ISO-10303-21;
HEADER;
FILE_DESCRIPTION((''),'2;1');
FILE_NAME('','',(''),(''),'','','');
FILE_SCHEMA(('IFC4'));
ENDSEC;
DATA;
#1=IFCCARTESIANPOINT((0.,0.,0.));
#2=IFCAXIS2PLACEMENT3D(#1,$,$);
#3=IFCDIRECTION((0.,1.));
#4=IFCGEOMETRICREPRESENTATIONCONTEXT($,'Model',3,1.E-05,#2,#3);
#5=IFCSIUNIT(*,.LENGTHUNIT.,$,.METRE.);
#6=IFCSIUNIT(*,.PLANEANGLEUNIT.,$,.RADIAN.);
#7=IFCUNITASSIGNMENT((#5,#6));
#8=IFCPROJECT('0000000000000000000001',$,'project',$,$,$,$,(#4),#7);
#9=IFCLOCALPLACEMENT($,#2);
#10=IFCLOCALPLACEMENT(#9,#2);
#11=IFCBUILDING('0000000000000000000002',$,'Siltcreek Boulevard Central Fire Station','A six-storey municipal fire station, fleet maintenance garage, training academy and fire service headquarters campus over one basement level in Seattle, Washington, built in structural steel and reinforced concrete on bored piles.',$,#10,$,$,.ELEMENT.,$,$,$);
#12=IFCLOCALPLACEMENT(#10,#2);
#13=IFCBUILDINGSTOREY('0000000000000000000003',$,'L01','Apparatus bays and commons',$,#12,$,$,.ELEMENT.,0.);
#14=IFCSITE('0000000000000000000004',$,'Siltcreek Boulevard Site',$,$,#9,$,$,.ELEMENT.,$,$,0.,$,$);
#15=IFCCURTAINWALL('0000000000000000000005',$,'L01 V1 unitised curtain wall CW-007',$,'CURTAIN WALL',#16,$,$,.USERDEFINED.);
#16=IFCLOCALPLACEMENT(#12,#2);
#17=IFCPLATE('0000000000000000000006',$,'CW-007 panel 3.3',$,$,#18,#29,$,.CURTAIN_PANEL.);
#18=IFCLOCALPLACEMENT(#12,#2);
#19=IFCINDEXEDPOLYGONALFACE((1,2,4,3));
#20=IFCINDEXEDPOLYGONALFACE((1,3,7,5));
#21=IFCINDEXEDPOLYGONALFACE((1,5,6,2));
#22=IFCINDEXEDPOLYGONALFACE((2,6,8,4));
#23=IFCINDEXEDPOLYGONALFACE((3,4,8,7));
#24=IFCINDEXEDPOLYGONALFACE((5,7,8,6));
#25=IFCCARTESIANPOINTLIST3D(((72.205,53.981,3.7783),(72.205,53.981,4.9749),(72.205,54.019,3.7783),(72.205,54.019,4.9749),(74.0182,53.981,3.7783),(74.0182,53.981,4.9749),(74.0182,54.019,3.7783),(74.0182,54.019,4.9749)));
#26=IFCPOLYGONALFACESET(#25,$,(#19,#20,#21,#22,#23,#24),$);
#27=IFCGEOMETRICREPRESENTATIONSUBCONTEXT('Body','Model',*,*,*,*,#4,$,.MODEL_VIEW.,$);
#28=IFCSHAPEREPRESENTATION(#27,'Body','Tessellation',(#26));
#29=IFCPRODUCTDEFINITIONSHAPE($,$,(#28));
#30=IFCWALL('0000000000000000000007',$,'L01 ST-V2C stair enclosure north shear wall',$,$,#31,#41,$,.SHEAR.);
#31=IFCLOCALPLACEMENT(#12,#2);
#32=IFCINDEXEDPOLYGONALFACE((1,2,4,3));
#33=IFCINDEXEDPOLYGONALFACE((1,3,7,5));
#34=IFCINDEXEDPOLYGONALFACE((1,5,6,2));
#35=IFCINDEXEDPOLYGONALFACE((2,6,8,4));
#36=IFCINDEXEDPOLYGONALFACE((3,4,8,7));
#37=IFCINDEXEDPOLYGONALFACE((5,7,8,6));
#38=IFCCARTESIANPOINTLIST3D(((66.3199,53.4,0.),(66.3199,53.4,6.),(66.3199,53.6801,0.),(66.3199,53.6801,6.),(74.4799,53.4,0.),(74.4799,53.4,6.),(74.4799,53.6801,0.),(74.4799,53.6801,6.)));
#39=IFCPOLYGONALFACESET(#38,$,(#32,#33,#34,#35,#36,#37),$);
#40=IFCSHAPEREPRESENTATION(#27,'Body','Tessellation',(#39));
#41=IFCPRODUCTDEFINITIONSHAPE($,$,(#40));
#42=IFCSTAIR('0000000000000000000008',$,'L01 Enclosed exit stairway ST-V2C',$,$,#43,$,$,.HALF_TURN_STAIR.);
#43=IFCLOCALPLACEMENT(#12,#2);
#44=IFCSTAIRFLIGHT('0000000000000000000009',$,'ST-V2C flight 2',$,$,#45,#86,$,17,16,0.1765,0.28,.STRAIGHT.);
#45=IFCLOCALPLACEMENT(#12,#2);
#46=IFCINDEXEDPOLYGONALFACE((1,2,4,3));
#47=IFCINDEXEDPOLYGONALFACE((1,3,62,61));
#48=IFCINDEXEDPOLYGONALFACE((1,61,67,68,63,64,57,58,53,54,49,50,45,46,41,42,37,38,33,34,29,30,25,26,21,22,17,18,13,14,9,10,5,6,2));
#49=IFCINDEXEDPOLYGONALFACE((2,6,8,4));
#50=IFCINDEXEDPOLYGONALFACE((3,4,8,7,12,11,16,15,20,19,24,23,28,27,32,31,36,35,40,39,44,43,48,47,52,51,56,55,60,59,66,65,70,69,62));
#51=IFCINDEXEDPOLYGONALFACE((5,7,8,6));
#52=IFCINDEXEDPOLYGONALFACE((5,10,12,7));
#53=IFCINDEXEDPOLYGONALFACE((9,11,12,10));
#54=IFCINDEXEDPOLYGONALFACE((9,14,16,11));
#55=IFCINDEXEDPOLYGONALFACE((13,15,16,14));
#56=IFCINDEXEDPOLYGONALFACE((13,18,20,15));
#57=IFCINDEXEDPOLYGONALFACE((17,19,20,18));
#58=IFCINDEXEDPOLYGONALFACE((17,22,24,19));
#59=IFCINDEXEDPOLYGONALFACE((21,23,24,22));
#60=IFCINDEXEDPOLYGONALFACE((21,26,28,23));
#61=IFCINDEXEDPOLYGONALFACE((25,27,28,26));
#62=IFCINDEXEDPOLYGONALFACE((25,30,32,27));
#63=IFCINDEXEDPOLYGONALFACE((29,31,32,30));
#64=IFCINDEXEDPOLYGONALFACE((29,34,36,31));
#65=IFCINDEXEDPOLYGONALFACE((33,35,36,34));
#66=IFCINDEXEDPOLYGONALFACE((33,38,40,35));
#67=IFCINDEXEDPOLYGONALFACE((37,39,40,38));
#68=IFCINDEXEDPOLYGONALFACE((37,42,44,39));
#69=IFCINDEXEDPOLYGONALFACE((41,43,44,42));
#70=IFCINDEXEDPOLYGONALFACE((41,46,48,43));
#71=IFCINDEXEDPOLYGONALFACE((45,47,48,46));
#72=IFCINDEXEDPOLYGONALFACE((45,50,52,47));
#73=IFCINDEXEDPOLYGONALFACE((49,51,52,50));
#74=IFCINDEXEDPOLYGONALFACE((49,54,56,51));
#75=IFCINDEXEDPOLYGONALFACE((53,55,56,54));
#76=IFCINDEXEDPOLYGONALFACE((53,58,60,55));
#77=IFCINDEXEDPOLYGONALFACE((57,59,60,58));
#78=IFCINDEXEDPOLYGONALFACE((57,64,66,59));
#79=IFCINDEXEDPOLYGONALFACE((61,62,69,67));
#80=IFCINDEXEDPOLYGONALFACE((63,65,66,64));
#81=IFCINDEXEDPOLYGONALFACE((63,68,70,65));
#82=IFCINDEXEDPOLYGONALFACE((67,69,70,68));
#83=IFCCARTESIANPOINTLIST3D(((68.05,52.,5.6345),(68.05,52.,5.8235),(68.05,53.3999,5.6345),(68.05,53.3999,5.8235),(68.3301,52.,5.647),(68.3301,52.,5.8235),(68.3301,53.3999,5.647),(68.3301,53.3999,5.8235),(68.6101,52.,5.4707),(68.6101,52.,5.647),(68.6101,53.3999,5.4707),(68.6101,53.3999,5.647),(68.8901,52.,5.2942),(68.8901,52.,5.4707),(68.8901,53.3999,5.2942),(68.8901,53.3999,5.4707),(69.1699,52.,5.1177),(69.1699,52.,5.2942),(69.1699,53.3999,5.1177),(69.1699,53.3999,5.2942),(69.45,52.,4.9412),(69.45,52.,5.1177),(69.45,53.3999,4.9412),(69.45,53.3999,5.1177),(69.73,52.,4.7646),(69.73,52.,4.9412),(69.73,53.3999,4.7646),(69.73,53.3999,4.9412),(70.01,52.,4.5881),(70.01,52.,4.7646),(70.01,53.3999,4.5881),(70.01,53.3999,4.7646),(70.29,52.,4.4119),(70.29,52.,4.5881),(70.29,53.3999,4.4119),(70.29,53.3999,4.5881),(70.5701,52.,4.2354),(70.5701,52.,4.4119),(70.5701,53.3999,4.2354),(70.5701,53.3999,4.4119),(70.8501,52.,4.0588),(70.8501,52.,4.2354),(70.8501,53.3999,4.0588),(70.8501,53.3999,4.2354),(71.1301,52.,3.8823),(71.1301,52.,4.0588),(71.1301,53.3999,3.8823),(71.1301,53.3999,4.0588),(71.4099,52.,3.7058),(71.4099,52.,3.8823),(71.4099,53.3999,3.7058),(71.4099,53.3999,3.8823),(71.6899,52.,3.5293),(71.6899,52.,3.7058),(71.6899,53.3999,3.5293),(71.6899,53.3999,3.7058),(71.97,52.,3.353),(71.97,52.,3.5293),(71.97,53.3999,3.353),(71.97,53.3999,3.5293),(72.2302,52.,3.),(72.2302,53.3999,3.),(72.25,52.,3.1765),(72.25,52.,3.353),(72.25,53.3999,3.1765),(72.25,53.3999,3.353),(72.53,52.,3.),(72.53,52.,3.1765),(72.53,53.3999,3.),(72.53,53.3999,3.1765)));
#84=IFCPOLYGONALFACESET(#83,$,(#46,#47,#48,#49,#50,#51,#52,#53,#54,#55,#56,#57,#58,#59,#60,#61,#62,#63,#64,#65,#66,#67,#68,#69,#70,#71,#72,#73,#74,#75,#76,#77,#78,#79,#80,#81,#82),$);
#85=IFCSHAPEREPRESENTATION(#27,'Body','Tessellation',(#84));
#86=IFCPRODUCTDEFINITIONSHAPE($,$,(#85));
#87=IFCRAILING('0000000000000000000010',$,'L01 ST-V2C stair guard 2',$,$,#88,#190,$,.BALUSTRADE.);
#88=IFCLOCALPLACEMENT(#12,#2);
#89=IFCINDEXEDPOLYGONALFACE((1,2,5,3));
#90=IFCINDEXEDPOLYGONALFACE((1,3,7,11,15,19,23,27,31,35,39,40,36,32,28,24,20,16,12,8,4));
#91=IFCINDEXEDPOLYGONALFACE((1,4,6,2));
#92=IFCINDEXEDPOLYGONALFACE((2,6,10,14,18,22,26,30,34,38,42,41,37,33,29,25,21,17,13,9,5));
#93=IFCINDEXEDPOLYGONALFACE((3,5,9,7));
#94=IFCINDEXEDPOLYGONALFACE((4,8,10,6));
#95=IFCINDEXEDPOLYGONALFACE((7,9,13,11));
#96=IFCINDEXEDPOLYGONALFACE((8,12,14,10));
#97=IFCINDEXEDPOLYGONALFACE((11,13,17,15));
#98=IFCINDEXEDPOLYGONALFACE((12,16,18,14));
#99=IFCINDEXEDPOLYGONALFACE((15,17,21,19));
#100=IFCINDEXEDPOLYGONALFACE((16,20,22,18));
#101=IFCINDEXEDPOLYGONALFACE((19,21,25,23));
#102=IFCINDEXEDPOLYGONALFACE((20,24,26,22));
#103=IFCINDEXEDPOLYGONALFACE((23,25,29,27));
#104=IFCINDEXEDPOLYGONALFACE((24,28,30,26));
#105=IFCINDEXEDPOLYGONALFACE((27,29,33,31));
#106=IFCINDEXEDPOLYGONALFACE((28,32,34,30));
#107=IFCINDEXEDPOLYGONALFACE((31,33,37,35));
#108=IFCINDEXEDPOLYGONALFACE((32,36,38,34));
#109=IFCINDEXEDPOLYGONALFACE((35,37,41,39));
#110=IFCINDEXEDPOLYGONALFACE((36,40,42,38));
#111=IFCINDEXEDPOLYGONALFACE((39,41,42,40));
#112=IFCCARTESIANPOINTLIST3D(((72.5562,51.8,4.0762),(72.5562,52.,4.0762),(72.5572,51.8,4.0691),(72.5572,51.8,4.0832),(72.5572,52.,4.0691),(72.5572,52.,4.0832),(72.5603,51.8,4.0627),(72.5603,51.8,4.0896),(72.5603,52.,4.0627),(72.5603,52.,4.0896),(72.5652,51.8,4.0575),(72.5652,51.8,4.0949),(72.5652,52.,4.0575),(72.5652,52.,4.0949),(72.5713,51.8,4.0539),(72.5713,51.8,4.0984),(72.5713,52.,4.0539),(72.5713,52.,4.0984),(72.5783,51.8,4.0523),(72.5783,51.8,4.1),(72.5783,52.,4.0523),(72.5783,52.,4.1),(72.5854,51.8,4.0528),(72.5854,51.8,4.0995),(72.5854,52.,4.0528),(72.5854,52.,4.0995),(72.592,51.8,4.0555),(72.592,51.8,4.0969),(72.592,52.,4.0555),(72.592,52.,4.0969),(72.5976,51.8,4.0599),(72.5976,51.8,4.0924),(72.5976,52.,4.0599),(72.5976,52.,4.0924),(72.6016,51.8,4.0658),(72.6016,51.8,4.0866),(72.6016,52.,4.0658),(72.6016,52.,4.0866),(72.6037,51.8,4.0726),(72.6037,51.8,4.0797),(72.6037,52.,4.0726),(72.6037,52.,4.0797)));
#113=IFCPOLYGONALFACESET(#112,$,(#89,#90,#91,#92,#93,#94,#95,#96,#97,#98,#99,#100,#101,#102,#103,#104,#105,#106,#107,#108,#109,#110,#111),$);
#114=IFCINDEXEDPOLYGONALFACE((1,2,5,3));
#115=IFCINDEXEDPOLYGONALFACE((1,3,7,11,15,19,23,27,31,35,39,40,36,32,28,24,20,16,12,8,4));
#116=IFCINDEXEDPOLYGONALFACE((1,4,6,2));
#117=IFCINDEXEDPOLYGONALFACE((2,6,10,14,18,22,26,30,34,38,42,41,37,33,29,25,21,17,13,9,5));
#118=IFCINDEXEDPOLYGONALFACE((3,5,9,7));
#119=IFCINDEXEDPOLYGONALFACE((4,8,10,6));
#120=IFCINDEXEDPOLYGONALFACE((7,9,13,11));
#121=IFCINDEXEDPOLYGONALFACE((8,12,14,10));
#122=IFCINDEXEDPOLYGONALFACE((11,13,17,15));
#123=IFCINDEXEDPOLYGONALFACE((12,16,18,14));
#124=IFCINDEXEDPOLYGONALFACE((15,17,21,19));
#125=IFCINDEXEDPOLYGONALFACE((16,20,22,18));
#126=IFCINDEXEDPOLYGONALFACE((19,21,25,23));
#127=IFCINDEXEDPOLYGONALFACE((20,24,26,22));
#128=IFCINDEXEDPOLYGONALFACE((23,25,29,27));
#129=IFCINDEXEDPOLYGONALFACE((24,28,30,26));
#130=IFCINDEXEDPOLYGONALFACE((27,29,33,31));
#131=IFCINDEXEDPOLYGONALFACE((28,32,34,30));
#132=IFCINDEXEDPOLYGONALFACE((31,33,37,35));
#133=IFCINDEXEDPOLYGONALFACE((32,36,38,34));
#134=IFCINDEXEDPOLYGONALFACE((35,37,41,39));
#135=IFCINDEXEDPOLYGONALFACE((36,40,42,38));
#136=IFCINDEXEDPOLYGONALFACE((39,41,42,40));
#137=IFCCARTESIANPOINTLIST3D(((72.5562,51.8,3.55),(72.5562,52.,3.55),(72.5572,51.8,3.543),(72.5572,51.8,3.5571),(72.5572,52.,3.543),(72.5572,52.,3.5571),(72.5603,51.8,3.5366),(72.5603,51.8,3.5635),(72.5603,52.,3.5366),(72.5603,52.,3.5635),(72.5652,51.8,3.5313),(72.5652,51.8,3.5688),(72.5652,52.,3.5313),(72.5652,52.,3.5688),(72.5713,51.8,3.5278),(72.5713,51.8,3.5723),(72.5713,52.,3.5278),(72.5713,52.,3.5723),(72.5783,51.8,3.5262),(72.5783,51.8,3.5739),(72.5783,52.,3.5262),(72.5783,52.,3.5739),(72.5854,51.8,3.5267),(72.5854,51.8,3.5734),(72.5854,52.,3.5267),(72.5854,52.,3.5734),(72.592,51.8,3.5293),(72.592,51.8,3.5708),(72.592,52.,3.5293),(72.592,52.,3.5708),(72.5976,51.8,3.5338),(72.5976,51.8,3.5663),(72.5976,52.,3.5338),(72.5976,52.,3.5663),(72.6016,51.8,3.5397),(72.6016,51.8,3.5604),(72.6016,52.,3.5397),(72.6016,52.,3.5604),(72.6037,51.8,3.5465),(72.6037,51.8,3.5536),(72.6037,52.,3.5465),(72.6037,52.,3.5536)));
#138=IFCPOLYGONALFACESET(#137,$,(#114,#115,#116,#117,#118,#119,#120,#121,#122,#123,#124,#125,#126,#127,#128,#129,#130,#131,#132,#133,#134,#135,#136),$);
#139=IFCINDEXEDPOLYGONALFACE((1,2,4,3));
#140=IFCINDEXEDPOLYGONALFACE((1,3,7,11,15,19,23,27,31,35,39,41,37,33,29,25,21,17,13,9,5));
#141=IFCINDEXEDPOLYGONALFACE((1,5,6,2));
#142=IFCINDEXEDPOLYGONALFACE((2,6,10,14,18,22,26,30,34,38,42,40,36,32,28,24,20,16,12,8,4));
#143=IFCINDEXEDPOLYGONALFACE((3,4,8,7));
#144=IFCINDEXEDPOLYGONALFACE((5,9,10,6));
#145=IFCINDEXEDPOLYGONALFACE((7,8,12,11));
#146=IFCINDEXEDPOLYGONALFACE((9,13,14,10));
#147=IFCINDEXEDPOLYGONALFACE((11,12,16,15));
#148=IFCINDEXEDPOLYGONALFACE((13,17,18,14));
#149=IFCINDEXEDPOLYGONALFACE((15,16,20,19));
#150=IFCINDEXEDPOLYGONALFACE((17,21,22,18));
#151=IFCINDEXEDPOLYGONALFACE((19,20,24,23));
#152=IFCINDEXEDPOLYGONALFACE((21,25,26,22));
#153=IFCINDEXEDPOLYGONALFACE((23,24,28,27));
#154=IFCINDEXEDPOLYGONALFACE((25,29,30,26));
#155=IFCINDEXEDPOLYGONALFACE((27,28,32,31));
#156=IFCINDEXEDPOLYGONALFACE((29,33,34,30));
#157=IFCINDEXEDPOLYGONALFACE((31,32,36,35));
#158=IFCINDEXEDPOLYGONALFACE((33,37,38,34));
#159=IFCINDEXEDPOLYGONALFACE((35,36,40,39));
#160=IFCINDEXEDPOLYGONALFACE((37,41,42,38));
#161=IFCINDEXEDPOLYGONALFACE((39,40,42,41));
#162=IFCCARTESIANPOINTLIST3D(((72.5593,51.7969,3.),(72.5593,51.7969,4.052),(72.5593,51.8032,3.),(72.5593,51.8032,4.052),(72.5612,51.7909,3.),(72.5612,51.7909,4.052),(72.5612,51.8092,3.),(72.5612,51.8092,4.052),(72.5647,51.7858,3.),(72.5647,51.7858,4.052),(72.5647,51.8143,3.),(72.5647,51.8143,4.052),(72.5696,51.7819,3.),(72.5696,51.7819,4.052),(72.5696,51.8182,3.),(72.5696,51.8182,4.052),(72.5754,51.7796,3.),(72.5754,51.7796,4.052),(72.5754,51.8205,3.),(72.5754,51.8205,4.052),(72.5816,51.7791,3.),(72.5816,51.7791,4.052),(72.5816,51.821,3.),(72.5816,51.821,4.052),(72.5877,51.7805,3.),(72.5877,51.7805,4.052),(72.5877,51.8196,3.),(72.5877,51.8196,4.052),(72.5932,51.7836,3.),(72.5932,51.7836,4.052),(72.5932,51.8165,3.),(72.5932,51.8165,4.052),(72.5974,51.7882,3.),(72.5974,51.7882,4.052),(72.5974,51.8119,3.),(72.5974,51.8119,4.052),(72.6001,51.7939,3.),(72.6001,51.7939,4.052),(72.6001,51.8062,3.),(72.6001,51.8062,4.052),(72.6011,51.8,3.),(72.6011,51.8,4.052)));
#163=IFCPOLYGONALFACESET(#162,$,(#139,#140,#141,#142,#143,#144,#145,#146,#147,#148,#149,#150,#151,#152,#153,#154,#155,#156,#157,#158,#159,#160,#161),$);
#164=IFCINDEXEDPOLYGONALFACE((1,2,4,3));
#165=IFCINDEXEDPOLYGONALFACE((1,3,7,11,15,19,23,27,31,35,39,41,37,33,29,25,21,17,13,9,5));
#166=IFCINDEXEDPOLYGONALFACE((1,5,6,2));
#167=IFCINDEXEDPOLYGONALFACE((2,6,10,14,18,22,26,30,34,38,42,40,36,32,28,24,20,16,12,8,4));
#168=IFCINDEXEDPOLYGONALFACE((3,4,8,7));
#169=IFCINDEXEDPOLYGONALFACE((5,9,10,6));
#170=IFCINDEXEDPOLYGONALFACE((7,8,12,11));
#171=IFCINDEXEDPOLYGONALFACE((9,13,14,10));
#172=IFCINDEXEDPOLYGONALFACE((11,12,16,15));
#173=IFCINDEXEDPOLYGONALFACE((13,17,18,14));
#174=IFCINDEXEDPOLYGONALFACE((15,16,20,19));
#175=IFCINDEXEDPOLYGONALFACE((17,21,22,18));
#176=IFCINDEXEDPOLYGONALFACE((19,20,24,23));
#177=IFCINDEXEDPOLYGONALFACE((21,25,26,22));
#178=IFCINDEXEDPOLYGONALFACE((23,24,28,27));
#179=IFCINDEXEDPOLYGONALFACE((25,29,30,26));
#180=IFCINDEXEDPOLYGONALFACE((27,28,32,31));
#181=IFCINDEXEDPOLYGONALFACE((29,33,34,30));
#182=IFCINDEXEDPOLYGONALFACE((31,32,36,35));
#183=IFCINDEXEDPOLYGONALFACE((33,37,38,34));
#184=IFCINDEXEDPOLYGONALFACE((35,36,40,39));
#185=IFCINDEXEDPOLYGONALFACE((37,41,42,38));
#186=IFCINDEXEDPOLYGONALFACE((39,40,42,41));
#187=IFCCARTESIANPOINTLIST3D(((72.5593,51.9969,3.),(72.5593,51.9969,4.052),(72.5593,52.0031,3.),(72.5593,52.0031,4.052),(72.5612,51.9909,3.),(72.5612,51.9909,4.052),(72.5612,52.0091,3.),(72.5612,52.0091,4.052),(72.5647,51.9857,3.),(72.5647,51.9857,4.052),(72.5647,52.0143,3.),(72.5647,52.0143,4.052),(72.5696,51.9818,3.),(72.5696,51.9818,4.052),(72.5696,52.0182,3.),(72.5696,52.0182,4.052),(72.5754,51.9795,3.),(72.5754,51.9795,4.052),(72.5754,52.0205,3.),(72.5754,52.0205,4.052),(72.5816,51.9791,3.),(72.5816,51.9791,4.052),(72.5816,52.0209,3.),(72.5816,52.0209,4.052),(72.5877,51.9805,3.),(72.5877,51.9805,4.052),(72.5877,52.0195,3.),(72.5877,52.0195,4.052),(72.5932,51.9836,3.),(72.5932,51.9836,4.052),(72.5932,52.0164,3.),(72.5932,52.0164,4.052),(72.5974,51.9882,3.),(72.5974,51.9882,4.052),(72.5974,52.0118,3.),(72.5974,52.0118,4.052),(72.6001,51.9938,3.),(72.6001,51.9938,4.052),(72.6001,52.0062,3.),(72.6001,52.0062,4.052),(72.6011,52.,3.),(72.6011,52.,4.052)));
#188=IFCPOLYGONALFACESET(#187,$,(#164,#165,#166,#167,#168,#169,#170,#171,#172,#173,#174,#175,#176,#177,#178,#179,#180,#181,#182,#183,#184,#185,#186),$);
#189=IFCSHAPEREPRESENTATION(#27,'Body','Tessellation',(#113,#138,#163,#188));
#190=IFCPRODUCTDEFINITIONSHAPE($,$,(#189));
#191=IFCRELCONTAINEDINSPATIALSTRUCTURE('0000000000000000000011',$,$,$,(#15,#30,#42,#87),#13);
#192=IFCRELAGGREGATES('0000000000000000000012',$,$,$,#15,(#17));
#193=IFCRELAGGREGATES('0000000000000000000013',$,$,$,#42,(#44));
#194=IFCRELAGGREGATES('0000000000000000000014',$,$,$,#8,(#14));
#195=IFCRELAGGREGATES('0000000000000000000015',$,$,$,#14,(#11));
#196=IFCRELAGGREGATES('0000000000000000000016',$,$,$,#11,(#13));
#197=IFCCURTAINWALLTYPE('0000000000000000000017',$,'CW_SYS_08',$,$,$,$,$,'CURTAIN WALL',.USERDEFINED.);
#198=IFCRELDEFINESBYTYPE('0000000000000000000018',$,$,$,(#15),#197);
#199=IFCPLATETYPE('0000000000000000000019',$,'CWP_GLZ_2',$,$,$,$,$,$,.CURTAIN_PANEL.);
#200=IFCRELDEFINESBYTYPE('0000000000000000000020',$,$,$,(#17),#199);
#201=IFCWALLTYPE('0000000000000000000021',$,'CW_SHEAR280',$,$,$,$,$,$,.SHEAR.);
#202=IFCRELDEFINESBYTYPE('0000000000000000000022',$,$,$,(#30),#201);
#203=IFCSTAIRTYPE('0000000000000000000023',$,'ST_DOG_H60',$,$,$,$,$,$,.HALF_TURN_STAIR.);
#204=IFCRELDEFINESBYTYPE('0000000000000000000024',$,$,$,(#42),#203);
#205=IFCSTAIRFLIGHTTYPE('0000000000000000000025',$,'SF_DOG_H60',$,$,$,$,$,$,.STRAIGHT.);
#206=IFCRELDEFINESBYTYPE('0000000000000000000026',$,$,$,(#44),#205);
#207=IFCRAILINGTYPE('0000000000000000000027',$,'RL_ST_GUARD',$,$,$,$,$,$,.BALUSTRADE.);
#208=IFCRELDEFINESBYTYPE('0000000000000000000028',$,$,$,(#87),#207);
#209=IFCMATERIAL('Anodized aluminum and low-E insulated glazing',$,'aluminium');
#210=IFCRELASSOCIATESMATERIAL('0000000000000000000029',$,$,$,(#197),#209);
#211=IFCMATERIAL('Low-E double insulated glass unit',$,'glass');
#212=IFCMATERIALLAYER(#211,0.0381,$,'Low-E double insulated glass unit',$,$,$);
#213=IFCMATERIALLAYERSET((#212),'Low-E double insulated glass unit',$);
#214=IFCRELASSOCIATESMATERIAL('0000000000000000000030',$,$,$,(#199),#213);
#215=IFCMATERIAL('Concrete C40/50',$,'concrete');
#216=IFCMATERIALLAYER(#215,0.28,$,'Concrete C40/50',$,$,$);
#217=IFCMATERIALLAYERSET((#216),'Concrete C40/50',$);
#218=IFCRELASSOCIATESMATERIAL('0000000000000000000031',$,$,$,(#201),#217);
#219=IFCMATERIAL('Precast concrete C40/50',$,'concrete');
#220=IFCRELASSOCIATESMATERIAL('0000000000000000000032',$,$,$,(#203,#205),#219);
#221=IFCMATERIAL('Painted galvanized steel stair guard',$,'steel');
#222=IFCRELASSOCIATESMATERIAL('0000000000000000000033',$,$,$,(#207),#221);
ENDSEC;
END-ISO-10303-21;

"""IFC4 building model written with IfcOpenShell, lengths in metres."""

from ifc_helpers import new_model, si_unit, direction, frame, frame_2d, origin, origin_2d, place, context, subcontext, project, spatial, polyline, rectangle, circle, outline, extrude, material, layer, layer_set, type_object, element, aggregate, save


model = new_model("IFC4")

# Units and contexts
model_context = context("Model", 3, precision=1e-05, world=origin(), true_north=direction((0.0, 1.0)))
body_context = subcontext(model_context, "Body", "Model", "MODEL_VIEW")
ifc_project = project(units=[si_unit("LENGTHUNIT", "METRE"), si_unit("PLANEANGLEUNIT", "RADIAN")], contexts=[model_context])

# Site, building, storey
site_placement = place(None, origin())
site = spatial("IfcSite", under=ifc_project, at=site_placement, Name="Siltcreek Boulevard Site", CompositionType="ELEMENT", RefElevation=0.0)
building_placement = place(site_placement, origin())
building = spatial("IfcBuilding", under=site, at=building_placement, Name="Siltcreek Boulevard Central Fire Station", Description="A six-storey municipal fire station, fleet maintenance garage, training academy and fire service headquarters campus over one basement level in Seattle, Washington, built in structural steel and reinforced concrete on bored piles.", CompositionType="ELEMENT")
storey_placement = place(building_placement, origin())
storey = spatial("IfcBuildingStorey", under=building, at=storey_placement, Name="L01", Description="Apparatus bays and commons", CompositionType="ELEMENT", Elevation=0.0)

# Curtain wall
ifc_material_1 = material(Name="Anodized aluminum and low-E insulated glazing", Category="aluminium")
curtain_wall_type = type_object("IfcCurtainWallType", Name="CW_SYS_08", ElementType="CURTAIN WALL", PredefinedType="USERDEFINED", material=ifc_material_1)
curtain_wall_placement = place(storey_placement, origin())
curtain_wall = element("IfcCurtainWall", 1, at=curtain_wall_placement, inside=storey, type_object=curtain_wall_type, Name="L01 V1 unitised curtain wall CW-007", ObjectType="CURTAIN WALL", PredefinedType="USERDEFINED")

# Plate
ifc_material_2 = material(Name="Low-E double insulated glass unit", Category="glass")
ifc_layer_1 = layer(ifc_material_2, 0.0381, Name="Low-E double insulated glass unit")
ifc_layer_set_1 = layer_set([ifc_layer_1], Name="Low-E double insulated glass unit")
plate_type = type_object("IfcPlateType", Name="CWP_GLZ_2", PredefinedType="CURTAIN_PANEL", material=ifc_layer_set_1)
plate_1_placement = place(storey_placement, frame((73.1116, 54.0, 3.7783), z_axis=(0.0, 0.0, 1.0), x_axis=(-1.0, 0.0, 0.0)))
plate_1 = element("IfcPlate", 2, at=plate_1_placement, type_object=plate_type, Name="CW-007 panel 3.3", PredefinedType="CURTAIN_PANEL", context=body_context, shape_type="SweptSolid", body=[
    extrude(rectangle(XDim=1.8132, YDim=0.0381, at=origin_2d()), origin(), (0.0, 0.0, 1.0), 1.1965),
])
aggregate(curtain_wall, [plate_1])

# Wall
ifc_material_3 = material(Name="Concrete C40/50", Category="concrete")
ifc_layer_2 = layer(ifc_material_3, 0.28, Name="Concrete C40/50")
ifc_layer_set_2 = layer_set([ifc_layer_2], Name="Concrete C40/50")
wall_type = type_object("IfcWallType", Name="CW_SHEAR280", PredefinedType="SHEAR", material=ifc_layer_set_2)
wall_placement = place(storey_placement, frame((74.48, 53.54, 0.0), z_axis=(0.0, 0.0, 1.0), x_axis=(-1.0, 0.0, 0.0)))
element("IfcWall", 3, at=wall_placement, inside=storey, type_object=wall_type, Name="L01 ST-V2C stair enclosure north shear wall", PredefinedType="SHEAR", context=body_context, shape_type="SweptSolid", body=[
    extrude(rectangle(XDim=8.1599, YDim=0.28, at=frame_2d((4.0801, 0.0))), origin(), (0.0, 0.0, 1.0), 6.0),
])

# Stair, stair flight
ifc_material_4 = material(Name="Precast concrete C40/50", Category="concrete")
stair_type = type_object("IfcStairType", Name="ST_DOG_H60", PredefinedType="HALF_TURN_STAIR", material=ifc_material_4)
stair_placement = place(storey_placement, origin())
stair = element("IfcStair", 4, at=stair_placement, inside=storey, type_object=stair_type, Name="L01 Enclosed exit stairway ST-V2C", PredefinedType="HALF_TURN_STAIR")
stair_flight_type = type_object("IfcStairFlightType", Name="SF_DOG_H60", PredefinedType="STRAIGHT", material=ifc_material_4)
stair_flight_placement = place(storey_placement, frame((72.53, 52.7, 3.0), z_axis=(0.0, 0.0, 1.0), x_axis=(-1.0, 0.0, 0.0)))
stair_flight = element("IfcStairFlight", 5, at=stair_flight_placement, type_object=stair_flight_type, Name="ST-V2C flight 2", NumberOfRisers=17, NumberOfTreads=16, PredefinedType="STRAIGHT", RiserHeight=0.1765, TreadLength=0.28, context=body_context, shape_type="SweptSolid", body=[
    extrude(outline(polyline([(0.0, 0.0), (0.0, 0.1765), (0.28, 0.1765), (0.28, 0.353), (0.5601, 0.353), (0.5601, 0.5293), (0.8401, 0.5293), (0.8401, 0.7058), (1.1201, 0.7058), (1.1201, 0.8823), (1.3999, 0.8823), (1.3999, 1.0588), (1.6799, 1.0588), (1.6799, 1.2354), (1.96, 1.2354), (1.96, 1.4119), (2.24, 1.4119), (2.24, 1.5881), (2.52, 1.5881), (2.52, 1.7646), (2.8, 1.7646), (2.8, 1.9412), (3.0801, 1.9412), (3.0801, 2.1177), (3.3601, 2.1177), (3.3601, 2.2942), (3.6399, 2.2942), (3.6399, 2.4707), (3.9199, 2.4707), (3.9199, 2.647), (4.2, 2.647), (4.2, 2.8235), (4.48, 2.8235), (4.48, 3.0), (4.48, 2.6345), (0.2998, 0.0), (0.0, 0.0)])), frame((0.0, 0.7, 0.0), z_axis=(0.0, -1.0, 0.0), x_axis=(1.0, 0.0, 0.0)), (0.0, 0.0, 1.0), 1.3999),
])
aggregate(stair, [stair_flight])

# Railing
ifc_material_5 = material(Name="Painted galvanized steel stair guard", Category="steel")
railing_type_1 = type_object("IfcRailingType", Name="RL_ST_GUARD", PredefinedType="BALUSTRADE", material=ifc_material_5)
railing_1_placement = place(storey_placement, frame((72.5801, 51.8, 3.0)))
element("IfcRailing", 6, at=railing_1_placement, inside=storey, type_object=railing_type_1, Name="L01 ST-V2C stair guard 2", PredefinedType="BALUSTRADE", context=body_context, shape_type="SweptSolid", body=[
    extrude(circle(Radius=0.0239, at=origin_2d()), frame((0.0, 0.0, 1.0762), z_axis=(0.0, 1.0, 0.0), x_axis=(-1.0, 0.0, 0.0)), (0.0, 0.0, 1.0), 0.2),
    extrude(circle(Radius=0.0239, at=origin_2d()), frame((0.0, 0.0, 0.55), z_axis=(0.0, 1.0, 0.0), x_axis=(-1.0, 0.0, 0.0)), (0.0, 0.0, 1.0), 0.2),
    extrude(circle(Radius=0.021, at=origin_2d()), origin(), (0.0, 0.0, 1.0), 1.052),
    extrude(circle(Radius=0.021, at=origin_2d()), frame((0.0, 0.2, 0.0)), (0.0, 0.0, 1.0), 1.052),
])

save(model, "model.ifc")
